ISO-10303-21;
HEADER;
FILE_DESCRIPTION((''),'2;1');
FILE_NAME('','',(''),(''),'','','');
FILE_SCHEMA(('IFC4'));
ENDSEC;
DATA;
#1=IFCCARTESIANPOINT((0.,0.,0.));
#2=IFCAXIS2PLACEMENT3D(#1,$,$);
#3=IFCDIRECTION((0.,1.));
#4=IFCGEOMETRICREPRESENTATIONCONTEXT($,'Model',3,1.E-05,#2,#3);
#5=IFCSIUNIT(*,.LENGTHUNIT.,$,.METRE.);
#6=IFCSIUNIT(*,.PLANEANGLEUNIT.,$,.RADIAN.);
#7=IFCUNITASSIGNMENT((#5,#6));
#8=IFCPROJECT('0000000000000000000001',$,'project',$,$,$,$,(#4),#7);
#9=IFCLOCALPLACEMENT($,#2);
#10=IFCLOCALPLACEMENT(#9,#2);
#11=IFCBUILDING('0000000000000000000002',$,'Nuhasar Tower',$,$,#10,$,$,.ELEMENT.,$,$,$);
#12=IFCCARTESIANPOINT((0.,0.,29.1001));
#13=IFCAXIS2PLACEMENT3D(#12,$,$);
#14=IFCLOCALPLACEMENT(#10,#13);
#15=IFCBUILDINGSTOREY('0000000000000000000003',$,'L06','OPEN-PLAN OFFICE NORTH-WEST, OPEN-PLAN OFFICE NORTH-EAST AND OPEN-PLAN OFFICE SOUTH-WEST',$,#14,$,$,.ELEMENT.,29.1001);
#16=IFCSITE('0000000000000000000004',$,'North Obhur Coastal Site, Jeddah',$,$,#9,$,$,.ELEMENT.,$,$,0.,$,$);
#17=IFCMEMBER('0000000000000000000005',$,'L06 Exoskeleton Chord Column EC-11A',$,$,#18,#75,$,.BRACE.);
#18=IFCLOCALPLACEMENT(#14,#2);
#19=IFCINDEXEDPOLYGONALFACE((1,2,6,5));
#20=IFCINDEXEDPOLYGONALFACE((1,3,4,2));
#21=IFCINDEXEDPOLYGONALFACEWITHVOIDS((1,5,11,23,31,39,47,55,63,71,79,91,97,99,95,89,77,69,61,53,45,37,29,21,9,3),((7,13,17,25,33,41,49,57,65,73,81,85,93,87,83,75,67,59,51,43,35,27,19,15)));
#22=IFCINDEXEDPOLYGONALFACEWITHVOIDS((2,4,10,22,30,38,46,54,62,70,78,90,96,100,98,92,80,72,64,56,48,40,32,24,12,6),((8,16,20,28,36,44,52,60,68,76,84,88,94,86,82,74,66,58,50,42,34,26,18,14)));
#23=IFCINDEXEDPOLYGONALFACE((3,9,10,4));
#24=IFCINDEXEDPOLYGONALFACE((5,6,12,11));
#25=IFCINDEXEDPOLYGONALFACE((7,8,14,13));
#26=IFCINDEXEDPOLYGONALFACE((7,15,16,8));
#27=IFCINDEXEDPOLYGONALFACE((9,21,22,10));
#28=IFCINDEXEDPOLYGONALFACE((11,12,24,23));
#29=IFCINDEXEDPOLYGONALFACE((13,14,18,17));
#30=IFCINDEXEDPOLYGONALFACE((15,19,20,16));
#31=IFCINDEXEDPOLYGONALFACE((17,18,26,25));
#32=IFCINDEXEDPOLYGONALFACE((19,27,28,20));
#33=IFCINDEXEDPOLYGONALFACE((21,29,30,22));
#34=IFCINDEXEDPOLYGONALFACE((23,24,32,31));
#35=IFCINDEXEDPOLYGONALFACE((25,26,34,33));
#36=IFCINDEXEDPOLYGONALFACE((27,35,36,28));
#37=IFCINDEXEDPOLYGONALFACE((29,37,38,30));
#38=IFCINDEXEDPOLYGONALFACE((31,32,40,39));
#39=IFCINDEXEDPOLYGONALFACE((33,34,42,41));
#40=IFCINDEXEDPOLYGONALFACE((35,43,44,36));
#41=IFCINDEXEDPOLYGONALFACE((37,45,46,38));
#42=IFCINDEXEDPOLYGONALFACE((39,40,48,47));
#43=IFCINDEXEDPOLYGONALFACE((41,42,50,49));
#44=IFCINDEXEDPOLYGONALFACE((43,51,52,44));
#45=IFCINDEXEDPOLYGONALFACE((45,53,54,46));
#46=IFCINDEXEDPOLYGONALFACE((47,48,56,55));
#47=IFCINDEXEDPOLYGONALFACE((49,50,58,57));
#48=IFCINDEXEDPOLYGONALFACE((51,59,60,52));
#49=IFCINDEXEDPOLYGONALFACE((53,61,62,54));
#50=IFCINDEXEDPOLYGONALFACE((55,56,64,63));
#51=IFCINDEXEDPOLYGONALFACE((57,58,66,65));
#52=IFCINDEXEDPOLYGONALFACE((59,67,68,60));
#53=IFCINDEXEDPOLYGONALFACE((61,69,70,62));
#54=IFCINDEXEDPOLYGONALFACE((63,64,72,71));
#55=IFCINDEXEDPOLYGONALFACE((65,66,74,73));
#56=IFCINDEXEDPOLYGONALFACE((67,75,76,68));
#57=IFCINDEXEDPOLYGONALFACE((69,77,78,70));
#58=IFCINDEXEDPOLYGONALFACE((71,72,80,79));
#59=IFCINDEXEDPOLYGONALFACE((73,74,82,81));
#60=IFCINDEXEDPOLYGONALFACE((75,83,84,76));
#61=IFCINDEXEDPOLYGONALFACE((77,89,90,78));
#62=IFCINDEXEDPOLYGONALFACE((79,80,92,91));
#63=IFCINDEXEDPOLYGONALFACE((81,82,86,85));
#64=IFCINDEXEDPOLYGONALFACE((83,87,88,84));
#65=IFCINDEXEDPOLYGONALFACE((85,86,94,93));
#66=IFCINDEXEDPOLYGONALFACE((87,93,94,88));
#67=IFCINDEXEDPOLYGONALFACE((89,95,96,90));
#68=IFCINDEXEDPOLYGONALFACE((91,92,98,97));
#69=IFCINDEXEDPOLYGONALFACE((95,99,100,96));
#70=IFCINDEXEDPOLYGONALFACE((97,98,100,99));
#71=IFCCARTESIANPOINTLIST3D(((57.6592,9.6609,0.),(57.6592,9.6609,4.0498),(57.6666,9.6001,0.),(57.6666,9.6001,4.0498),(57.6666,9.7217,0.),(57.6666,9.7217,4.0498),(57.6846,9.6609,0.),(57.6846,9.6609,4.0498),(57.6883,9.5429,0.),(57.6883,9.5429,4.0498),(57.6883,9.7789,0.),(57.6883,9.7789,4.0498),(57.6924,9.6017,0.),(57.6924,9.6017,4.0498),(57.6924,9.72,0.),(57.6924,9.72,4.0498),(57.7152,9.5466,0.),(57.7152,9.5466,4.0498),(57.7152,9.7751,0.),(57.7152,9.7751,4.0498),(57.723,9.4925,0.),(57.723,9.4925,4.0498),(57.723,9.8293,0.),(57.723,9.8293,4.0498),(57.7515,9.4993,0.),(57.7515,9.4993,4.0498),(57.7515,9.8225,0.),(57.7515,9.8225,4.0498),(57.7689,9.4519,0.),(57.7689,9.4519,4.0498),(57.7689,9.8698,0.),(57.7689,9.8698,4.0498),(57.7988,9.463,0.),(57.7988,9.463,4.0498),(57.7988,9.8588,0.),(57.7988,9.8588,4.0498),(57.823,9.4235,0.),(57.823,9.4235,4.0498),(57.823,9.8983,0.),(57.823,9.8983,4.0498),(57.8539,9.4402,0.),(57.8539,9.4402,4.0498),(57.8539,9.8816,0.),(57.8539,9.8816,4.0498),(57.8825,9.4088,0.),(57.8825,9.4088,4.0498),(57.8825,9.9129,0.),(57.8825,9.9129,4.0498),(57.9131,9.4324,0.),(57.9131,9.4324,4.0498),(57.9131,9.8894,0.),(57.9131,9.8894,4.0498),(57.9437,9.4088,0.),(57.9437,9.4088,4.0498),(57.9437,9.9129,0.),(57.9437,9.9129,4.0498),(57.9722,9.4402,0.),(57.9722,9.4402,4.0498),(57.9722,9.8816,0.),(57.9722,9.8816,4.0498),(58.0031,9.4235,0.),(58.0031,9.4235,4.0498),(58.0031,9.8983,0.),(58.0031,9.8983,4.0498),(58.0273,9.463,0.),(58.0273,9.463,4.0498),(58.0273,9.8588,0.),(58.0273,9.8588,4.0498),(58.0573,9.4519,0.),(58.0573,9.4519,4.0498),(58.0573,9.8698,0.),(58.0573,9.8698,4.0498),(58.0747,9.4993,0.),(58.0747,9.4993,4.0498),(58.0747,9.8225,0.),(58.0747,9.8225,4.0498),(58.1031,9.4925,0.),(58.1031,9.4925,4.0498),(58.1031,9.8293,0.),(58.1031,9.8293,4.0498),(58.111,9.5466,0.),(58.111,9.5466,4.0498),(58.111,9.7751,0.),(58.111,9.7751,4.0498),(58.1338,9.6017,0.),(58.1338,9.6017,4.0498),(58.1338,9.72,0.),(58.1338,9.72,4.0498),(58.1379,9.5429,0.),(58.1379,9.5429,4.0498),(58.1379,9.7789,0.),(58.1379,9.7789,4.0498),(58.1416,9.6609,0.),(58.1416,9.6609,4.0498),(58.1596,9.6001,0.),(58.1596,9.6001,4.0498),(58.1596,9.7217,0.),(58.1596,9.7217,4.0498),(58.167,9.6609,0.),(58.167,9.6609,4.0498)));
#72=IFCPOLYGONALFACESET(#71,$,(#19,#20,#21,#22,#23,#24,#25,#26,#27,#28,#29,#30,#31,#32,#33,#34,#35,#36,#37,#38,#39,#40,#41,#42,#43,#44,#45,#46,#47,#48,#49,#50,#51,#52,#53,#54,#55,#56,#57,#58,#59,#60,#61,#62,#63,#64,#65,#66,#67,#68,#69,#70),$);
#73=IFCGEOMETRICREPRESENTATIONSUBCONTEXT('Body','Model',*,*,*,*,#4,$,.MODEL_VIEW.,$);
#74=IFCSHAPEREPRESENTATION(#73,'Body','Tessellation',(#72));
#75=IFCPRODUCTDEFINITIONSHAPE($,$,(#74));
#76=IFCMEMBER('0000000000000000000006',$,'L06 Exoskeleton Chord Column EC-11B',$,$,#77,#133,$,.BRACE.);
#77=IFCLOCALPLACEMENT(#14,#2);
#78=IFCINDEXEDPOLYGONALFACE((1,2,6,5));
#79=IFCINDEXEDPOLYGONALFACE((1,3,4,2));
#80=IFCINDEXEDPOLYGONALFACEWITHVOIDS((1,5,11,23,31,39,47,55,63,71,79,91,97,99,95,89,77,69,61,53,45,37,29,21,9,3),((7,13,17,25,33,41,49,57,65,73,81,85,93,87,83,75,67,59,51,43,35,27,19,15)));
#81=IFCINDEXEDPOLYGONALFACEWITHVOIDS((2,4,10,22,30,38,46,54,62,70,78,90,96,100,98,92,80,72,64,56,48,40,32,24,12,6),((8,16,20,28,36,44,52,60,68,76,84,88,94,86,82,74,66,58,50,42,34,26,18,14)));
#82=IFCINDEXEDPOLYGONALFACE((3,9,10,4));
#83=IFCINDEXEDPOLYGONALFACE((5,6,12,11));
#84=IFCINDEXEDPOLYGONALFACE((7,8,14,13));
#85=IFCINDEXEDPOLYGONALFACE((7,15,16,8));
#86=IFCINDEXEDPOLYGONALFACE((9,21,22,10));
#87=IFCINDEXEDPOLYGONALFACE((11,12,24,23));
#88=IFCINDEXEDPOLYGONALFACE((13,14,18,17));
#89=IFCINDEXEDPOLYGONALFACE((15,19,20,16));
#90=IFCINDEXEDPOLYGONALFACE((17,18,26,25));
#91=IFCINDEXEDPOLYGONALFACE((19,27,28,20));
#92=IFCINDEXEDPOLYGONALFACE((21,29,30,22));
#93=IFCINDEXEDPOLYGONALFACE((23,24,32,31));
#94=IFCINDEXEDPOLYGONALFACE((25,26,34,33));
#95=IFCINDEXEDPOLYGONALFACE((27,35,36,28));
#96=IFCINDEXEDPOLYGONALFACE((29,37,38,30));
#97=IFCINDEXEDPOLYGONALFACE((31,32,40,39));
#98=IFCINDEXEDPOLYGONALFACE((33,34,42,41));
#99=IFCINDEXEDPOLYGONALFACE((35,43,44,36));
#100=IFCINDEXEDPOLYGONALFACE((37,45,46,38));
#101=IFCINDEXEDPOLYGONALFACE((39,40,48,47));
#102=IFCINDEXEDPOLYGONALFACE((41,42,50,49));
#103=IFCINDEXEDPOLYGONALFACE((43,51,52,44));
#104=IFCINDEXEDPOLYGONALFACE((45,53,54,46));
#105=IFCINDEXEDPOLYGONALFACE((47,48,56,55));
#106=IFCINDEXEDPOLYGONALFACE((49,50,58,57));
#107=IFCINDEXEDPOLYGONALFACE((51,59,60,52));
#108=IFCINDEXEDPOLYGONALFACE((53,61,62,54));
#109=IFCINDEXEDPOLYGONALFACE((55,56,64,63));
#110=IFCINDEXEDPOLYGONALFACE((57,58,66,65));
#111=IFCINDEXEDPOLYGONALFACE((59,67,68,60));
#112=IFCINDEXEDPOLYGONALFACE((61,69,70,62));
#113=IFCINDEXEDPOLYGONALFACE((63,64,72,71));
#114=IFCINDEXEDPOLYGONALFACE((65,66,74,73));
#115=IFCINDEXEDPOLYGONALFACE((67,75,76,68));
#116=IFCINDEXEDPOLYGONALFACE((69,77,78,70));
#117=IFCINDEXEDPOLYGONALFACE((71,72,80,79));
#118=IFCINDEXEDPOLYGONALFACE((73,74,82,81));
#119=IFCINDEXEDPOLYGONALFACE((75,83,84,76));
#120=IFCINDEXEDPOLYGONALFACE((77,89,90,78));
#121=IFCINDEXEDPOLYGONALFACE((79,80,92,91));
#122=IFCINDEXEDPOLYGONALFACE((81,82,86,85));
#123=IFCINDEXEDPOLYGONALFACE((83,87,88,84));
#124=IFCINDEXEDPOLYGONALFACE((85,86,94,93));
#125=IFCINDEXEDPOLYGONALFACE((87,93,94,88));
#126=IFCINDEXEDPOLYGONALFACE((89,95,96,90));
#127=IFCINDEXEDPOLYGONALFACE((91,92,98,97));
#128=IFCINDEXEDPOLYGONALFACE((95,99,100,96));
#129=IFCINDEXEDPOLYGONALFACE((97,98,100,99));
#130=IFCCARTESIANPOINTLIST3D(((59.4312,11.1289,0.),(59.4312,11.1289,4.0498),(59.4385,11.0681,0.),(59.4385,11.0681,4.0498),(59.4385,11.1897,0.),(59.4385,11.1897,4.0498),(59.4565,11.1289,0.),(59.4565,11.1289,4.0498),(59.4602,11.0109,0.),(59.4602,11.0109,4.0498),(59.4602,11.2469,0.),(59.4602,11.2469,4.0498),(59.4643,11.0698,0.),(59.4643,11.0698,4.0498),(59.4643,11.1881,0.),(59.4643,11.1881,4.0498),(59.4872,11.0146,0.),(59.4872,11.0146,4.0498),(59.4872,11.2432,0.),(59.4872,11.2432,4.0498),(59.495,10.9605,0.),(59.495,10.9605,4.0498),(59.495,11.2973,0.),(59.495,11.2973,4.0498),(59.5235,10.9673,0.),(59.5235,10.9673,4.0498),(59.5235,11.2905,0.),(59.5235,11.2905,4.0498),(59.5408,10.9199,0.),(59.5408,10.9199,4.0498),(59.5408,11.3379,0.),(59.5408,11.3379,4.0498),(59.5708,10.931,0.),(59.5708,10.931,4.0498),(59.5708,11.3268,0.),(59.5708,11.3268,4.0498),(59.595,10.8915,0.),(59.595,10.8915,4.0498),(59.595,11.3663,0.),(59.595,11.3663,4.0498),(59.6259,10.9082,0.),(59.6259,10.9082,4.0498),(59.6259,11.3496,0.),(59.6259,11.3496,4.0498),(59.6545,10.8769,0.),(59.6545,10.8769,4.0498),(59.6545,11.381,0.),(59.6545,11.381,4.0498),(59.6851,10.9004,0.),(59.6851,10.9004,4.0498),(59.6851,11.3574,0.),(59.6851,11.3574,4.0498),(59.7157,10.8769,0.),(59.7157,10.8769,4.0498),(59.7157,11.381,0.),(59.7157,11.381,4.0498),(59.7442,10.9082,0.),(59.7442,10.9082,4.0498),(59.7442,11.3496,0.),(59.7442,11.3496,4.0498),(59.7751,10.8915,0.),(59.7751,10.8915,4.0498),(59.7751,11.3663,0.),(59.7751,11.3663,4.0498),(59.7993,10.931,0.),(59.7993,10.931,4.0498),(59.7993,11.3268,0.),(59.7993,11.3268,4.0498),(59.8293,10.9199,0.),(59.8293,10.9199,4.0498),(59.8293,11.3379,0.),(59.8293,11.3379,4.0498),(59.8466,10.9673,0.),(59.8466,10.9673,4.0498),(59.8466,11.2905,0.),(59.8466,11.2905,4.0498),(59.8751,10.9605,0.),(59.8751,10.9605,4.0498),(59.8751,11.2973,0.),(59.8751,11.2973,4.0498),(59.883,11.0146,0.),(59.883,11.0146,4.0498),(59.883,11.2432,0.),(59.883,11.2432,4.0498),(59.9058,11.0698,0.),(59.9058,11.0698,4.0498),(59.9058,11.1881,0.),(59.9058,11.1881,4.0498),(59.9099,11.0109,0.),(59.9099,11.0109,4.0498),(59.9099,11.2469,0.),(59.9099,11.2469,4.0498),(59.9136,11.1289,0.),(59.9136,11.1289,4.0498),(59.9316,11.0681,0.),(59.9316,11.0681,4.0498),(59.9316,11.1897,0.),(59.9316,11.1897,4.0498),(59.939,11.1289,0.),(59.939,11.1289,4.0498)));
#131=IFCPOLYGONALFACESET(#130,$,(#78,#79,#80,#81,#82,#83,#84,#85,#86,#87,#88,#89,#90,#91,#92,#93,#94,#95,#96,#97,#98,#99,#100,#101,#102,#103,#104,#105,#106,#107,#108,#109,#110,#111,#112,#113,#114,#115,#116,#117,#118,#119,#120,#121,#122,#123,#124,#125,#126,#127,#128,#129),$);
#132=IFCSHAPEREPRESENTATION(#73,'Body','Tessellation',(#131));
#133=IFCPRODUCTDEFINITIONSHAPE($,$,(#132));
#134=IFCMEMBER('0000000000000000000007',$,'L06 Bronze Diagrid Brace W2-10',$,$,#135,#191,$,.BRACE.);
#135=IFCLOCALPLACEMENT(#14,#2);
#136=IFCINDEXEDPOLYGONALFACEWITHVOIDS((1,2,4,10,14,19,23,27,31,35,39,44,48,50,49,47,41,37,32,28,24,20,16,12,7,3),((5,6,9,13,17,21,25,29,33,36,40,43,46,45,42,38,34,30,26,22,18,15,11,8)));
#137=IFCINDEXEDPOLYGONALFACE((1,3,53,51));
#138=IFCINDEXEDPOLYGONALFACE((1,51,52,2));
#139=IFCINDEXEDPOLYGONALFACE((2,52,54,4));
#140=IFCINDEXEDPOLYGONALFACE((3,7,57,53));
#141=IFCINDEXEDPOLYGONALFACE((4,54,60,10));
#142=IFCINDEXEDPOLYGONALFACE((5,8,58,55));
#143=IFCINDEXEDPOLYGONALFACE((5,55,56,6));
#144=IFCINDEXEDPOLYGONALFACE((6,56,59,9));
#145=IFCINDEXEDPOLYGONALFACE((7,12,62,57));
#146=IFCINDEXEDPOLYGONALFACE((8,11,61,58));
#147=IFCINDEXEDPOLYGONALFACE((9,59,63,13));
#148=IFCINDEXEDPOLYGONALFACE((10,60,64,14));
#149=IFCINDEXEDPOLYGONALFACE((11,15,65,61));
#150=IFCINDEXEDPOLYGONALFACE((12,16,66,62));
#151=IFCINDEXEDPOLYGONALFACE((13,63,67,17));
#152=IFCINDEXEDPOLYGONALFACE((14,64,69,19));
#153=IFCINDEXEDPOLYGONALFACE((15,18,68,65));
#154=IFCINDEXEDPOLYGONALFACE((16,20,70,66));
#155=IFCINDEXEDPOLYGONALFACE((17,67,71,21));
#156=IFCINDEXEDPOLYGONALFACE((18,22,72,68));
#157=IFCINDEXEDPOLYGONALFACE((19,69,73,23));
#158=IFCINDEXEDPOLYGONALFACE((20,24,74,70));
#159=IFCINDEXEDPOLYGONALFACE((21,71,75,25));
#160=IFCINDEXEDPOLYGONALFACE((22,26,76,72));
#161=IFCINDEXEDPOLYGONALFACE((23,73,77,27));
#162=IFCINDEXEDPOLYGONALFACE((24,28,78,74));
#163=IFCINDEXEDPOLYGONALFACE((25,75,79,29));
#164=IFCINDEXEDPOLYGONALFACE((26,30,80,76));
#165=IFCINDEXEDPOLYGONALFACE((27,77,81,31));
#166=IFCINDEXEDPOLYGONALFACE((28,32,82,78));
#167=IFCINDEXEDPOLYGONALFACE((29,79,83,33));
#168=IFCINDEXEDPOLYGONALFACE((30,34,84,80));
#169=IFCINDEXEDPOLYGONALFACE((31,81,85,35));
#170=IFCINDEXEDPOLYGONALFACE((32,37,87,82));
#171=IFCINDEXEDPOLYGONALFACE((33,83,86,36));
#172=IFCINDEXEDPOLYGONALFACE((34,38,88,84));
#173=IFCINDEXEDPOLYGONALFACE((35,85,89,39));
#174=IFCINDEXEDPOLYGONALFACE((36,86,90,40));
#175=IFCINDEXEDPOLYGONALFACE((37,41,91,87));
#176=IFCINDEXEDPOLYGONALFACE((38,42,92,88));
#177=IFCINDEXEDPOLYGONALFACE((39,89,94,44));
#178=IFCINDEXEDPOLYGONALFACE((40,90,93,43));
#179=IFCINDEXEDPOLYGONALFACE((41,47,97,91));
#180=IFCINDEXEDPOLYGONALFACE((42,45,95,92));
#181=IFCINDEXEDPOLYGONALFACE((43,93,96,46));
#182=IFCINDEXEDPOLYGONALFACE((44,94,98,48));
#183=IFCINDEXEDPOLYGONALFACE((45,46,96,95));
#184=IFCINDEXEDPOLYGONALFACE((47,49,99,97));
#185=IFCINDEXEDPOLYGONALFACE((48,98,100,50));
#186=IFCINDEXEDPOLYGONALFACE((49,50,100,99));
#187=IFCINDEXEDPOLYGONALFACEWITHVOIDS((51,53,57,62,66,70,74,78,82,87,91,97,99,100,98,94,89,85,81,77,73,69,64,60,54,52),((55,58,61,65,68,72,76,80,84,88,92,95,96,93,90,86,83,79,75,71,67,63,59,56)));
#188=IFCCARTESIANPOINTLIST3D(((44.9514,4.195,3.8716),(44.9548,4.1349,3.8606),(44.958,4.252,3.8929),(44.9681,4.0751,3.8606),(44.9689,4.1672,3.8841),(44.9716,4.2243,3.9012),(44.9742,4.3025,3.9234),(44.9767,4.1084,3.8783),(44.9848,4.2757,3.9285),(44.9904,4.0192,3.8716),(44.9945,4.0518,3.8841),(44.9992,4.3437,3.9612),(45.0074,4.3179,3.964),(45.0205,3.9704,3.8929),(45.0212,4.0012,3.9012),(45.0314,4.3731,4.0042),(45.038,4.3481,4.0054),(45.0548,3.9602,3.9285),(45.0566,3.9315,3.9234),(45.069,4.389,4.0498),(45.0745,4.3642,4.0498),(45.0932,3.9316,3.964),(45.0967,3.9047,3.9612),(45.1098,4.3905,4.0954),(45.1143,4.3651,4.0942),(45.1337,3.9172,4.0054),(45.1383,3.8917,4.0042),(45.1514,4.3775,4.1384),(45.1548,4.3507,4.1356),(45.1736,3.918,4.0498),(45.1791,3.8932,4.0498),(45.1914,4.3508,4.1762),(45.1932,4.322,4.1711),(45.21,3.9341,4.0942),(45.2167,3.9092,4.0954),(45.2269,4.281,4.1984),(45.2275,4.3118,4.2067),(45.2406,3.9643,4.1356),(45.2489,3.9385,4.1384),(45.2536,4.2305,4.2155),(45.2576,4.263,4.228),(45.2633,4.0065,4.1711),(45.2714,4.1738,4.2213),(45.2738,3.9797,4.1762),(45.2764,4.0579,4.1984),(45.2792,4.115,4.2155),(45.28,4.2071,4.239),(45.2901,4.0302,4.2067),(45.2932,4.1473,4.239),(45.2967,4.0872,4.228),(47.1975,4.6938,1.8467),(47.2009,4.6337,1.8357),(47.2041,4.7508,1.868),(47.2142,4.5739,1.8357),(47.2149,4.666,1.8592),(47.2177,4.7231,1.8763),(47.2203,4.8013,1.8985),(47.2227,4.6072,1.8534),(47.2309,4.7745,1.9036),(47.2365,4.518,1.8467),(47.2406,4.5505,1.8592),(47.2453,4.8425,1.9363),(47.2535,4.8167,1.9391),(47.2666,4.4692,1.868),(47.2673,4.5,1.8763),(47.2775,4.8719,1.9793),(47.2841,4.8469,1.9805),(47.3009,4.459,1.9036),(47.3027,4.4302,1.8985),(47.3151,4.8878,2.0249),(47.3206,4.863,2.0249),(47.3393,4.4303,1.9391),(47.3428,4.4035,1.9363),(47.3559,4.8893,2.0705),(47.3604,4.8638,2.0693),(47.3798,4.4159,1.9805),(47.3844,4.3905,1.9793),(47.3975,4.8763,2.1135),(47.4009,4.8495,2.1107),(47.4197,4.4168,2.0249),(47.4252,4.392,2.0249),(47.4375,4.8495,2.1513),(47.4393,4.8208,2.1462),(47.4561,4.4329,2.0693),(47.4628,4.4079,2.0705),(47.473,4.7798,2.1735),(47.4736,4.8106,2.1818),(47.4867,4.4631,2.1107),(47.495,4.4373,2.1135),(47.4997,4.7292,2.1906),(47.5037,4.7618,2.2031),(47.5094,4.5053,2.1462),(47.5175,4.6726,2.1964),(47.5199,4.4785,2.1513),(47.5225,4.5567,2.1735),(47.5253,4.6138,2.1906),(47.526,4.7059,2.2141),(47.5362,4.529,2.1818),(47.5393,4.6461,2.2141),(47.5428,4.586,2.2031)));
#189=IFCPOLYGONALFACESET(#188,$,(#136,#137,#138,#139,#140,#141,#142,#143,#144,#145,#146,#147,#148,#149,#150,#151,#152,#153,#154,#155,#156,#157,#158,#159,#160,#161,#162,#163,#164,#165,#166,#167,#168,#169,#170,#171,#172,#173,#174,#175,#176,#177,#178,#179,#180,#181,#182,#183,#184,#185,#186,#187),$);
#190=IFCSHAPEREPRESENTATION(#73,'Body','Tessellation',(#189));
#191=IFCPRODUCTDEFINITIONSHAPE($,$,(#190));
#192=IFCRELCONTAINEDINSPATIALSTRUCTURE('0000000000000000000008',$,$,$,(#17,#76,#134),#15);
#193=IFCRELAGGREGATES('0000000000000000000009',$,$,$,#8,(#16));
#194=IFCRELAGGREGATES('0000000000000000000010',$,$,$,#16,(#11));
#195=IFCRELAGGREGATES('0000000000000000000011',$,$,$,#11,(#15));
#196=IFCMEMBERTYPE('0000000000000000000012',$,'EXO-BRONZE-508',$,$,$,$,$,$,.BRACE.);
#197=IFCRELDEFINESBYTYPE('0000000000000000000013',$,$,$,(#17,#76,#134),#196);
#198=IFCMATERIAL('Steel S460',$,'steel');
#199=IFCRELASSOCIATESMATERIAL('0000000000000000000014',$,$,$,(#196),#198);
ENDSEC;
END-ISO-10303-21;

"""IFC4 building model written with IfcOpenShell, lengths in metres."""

from ifc_helpers import new_model, si_unit, direction, frame, origin, origin_2d, place, context, subcontext, project, spatial, hollow_circle, extrude, material, material_profile, profile_set, type_object, element, save


model = new_model("IFC4")

# Units and contexts
model_context = context("Model", 3, precision=1e-05, world=origin(), true_north=direction((0.0, 1.0)))
body_context = subcontext(model_context, "Body", "Model", "MODEL_VIEW")
ifc_project = project(units=[si_unit("LENGTHUNIT", "METRE"), si_unit("PLANEANGLEUNIT", "RADIAN")], contexts=[model_context])

# Site, building, storey
site_placement = place(None, origin())
site = spatial("IfcSite", under=ifc_project, at=site_placement, Name="North Obhur Coastal Site, Jeddah", CompositionType="ELEMENT", RefElevation=0.0)
building_placement = place(site_placement, origin())
building = spatial("IfcBuilding", under=site, at=building_placement, Name="Nuhasar Tower", CompositionType="ELEMENT")
storey_placement = place(building_placement, frame((0.0, 0.0, 29.1001)))
storey = spatial("IfcBuildingStorey", under=building, at=storey_placement, Name="L06", Description="OPEN-PLAN OFFICE NORTH-WEST, OPEN-PLAN OFFICE NORTH-EAST AND OPEN-PLAN OFFICE SOUTH-WEST", CompositionType="ELEMENT", Elevation=29.1001)

# Members
ifc_material_1 = material(Name="Steel S460", Category="steel")
ifc_material_profile_1 = material_profile(ifc_material_1, hollow_circle(Radius=0.2539, WallThickness=0.0254, at=origin_2d()), Name="HSS508X25.4")
ifc_profile_set_1 = profile_set([ifc_material_profile_1], Name="Steel S460")
member_type_1 = type_object("IfcMemberType", Name="EXO-BRONZE-508", PredefinedType="BRACE", material=ifc_profile_set_1)
for number, where, z_axis, x_axis, name in (
    (1, (57.9131, 9.6609, 0.0), (0.0, 0.0, 1.0), (1.0, 0.0, 0.0), "L06 Exoskeleton Chord Column EC-11A"),
    (2, (59.6851, 11.1289, 0.0), (0.0, 0.0, 1.0), (1.0, 0.0, 0.0), "L06 Exoskeleton Chord Column EC-11B"),
):
    element("IfcMember", number, at=place(storey_placement, frame(where, z_axis=z_axis, x_axis=x_axis)), inside=storey, type_object=member_type_1, Name=name, PredefinedType="BRACE", context=body_context, shape_type="SweptSolid", body=[
        extrude(hollow_circle(Radius=0.2539, WallThickness=0.0254, at=origin_2d()), origin(), (0.0, 0.0, 1.0), 4.0498),
    ])
member_1_placement = place(storey_placement, frame((47.3701, 4.6399, 2.0249), z_axis=(-0.732831, -0.162736, 0.660663), x_axis=(0.216784, -0.97622, 0.0)))
element("IfcMember", 3, at=member_1_placement, inside=storey, type_object=member_type_1, Name="L06 Bronze Diagrid Brace W2-10", PredefinedType="BRACE", context=body_context, shape_type="SweptSolid", body=[
    extrude(hollow_circle(Radius=0.2539, WallThickness=0.0254, at=origin_2d()), origin(), (0.0, 0.0, 1.0), 3.0649),
])

save(model, "model.ifc")
